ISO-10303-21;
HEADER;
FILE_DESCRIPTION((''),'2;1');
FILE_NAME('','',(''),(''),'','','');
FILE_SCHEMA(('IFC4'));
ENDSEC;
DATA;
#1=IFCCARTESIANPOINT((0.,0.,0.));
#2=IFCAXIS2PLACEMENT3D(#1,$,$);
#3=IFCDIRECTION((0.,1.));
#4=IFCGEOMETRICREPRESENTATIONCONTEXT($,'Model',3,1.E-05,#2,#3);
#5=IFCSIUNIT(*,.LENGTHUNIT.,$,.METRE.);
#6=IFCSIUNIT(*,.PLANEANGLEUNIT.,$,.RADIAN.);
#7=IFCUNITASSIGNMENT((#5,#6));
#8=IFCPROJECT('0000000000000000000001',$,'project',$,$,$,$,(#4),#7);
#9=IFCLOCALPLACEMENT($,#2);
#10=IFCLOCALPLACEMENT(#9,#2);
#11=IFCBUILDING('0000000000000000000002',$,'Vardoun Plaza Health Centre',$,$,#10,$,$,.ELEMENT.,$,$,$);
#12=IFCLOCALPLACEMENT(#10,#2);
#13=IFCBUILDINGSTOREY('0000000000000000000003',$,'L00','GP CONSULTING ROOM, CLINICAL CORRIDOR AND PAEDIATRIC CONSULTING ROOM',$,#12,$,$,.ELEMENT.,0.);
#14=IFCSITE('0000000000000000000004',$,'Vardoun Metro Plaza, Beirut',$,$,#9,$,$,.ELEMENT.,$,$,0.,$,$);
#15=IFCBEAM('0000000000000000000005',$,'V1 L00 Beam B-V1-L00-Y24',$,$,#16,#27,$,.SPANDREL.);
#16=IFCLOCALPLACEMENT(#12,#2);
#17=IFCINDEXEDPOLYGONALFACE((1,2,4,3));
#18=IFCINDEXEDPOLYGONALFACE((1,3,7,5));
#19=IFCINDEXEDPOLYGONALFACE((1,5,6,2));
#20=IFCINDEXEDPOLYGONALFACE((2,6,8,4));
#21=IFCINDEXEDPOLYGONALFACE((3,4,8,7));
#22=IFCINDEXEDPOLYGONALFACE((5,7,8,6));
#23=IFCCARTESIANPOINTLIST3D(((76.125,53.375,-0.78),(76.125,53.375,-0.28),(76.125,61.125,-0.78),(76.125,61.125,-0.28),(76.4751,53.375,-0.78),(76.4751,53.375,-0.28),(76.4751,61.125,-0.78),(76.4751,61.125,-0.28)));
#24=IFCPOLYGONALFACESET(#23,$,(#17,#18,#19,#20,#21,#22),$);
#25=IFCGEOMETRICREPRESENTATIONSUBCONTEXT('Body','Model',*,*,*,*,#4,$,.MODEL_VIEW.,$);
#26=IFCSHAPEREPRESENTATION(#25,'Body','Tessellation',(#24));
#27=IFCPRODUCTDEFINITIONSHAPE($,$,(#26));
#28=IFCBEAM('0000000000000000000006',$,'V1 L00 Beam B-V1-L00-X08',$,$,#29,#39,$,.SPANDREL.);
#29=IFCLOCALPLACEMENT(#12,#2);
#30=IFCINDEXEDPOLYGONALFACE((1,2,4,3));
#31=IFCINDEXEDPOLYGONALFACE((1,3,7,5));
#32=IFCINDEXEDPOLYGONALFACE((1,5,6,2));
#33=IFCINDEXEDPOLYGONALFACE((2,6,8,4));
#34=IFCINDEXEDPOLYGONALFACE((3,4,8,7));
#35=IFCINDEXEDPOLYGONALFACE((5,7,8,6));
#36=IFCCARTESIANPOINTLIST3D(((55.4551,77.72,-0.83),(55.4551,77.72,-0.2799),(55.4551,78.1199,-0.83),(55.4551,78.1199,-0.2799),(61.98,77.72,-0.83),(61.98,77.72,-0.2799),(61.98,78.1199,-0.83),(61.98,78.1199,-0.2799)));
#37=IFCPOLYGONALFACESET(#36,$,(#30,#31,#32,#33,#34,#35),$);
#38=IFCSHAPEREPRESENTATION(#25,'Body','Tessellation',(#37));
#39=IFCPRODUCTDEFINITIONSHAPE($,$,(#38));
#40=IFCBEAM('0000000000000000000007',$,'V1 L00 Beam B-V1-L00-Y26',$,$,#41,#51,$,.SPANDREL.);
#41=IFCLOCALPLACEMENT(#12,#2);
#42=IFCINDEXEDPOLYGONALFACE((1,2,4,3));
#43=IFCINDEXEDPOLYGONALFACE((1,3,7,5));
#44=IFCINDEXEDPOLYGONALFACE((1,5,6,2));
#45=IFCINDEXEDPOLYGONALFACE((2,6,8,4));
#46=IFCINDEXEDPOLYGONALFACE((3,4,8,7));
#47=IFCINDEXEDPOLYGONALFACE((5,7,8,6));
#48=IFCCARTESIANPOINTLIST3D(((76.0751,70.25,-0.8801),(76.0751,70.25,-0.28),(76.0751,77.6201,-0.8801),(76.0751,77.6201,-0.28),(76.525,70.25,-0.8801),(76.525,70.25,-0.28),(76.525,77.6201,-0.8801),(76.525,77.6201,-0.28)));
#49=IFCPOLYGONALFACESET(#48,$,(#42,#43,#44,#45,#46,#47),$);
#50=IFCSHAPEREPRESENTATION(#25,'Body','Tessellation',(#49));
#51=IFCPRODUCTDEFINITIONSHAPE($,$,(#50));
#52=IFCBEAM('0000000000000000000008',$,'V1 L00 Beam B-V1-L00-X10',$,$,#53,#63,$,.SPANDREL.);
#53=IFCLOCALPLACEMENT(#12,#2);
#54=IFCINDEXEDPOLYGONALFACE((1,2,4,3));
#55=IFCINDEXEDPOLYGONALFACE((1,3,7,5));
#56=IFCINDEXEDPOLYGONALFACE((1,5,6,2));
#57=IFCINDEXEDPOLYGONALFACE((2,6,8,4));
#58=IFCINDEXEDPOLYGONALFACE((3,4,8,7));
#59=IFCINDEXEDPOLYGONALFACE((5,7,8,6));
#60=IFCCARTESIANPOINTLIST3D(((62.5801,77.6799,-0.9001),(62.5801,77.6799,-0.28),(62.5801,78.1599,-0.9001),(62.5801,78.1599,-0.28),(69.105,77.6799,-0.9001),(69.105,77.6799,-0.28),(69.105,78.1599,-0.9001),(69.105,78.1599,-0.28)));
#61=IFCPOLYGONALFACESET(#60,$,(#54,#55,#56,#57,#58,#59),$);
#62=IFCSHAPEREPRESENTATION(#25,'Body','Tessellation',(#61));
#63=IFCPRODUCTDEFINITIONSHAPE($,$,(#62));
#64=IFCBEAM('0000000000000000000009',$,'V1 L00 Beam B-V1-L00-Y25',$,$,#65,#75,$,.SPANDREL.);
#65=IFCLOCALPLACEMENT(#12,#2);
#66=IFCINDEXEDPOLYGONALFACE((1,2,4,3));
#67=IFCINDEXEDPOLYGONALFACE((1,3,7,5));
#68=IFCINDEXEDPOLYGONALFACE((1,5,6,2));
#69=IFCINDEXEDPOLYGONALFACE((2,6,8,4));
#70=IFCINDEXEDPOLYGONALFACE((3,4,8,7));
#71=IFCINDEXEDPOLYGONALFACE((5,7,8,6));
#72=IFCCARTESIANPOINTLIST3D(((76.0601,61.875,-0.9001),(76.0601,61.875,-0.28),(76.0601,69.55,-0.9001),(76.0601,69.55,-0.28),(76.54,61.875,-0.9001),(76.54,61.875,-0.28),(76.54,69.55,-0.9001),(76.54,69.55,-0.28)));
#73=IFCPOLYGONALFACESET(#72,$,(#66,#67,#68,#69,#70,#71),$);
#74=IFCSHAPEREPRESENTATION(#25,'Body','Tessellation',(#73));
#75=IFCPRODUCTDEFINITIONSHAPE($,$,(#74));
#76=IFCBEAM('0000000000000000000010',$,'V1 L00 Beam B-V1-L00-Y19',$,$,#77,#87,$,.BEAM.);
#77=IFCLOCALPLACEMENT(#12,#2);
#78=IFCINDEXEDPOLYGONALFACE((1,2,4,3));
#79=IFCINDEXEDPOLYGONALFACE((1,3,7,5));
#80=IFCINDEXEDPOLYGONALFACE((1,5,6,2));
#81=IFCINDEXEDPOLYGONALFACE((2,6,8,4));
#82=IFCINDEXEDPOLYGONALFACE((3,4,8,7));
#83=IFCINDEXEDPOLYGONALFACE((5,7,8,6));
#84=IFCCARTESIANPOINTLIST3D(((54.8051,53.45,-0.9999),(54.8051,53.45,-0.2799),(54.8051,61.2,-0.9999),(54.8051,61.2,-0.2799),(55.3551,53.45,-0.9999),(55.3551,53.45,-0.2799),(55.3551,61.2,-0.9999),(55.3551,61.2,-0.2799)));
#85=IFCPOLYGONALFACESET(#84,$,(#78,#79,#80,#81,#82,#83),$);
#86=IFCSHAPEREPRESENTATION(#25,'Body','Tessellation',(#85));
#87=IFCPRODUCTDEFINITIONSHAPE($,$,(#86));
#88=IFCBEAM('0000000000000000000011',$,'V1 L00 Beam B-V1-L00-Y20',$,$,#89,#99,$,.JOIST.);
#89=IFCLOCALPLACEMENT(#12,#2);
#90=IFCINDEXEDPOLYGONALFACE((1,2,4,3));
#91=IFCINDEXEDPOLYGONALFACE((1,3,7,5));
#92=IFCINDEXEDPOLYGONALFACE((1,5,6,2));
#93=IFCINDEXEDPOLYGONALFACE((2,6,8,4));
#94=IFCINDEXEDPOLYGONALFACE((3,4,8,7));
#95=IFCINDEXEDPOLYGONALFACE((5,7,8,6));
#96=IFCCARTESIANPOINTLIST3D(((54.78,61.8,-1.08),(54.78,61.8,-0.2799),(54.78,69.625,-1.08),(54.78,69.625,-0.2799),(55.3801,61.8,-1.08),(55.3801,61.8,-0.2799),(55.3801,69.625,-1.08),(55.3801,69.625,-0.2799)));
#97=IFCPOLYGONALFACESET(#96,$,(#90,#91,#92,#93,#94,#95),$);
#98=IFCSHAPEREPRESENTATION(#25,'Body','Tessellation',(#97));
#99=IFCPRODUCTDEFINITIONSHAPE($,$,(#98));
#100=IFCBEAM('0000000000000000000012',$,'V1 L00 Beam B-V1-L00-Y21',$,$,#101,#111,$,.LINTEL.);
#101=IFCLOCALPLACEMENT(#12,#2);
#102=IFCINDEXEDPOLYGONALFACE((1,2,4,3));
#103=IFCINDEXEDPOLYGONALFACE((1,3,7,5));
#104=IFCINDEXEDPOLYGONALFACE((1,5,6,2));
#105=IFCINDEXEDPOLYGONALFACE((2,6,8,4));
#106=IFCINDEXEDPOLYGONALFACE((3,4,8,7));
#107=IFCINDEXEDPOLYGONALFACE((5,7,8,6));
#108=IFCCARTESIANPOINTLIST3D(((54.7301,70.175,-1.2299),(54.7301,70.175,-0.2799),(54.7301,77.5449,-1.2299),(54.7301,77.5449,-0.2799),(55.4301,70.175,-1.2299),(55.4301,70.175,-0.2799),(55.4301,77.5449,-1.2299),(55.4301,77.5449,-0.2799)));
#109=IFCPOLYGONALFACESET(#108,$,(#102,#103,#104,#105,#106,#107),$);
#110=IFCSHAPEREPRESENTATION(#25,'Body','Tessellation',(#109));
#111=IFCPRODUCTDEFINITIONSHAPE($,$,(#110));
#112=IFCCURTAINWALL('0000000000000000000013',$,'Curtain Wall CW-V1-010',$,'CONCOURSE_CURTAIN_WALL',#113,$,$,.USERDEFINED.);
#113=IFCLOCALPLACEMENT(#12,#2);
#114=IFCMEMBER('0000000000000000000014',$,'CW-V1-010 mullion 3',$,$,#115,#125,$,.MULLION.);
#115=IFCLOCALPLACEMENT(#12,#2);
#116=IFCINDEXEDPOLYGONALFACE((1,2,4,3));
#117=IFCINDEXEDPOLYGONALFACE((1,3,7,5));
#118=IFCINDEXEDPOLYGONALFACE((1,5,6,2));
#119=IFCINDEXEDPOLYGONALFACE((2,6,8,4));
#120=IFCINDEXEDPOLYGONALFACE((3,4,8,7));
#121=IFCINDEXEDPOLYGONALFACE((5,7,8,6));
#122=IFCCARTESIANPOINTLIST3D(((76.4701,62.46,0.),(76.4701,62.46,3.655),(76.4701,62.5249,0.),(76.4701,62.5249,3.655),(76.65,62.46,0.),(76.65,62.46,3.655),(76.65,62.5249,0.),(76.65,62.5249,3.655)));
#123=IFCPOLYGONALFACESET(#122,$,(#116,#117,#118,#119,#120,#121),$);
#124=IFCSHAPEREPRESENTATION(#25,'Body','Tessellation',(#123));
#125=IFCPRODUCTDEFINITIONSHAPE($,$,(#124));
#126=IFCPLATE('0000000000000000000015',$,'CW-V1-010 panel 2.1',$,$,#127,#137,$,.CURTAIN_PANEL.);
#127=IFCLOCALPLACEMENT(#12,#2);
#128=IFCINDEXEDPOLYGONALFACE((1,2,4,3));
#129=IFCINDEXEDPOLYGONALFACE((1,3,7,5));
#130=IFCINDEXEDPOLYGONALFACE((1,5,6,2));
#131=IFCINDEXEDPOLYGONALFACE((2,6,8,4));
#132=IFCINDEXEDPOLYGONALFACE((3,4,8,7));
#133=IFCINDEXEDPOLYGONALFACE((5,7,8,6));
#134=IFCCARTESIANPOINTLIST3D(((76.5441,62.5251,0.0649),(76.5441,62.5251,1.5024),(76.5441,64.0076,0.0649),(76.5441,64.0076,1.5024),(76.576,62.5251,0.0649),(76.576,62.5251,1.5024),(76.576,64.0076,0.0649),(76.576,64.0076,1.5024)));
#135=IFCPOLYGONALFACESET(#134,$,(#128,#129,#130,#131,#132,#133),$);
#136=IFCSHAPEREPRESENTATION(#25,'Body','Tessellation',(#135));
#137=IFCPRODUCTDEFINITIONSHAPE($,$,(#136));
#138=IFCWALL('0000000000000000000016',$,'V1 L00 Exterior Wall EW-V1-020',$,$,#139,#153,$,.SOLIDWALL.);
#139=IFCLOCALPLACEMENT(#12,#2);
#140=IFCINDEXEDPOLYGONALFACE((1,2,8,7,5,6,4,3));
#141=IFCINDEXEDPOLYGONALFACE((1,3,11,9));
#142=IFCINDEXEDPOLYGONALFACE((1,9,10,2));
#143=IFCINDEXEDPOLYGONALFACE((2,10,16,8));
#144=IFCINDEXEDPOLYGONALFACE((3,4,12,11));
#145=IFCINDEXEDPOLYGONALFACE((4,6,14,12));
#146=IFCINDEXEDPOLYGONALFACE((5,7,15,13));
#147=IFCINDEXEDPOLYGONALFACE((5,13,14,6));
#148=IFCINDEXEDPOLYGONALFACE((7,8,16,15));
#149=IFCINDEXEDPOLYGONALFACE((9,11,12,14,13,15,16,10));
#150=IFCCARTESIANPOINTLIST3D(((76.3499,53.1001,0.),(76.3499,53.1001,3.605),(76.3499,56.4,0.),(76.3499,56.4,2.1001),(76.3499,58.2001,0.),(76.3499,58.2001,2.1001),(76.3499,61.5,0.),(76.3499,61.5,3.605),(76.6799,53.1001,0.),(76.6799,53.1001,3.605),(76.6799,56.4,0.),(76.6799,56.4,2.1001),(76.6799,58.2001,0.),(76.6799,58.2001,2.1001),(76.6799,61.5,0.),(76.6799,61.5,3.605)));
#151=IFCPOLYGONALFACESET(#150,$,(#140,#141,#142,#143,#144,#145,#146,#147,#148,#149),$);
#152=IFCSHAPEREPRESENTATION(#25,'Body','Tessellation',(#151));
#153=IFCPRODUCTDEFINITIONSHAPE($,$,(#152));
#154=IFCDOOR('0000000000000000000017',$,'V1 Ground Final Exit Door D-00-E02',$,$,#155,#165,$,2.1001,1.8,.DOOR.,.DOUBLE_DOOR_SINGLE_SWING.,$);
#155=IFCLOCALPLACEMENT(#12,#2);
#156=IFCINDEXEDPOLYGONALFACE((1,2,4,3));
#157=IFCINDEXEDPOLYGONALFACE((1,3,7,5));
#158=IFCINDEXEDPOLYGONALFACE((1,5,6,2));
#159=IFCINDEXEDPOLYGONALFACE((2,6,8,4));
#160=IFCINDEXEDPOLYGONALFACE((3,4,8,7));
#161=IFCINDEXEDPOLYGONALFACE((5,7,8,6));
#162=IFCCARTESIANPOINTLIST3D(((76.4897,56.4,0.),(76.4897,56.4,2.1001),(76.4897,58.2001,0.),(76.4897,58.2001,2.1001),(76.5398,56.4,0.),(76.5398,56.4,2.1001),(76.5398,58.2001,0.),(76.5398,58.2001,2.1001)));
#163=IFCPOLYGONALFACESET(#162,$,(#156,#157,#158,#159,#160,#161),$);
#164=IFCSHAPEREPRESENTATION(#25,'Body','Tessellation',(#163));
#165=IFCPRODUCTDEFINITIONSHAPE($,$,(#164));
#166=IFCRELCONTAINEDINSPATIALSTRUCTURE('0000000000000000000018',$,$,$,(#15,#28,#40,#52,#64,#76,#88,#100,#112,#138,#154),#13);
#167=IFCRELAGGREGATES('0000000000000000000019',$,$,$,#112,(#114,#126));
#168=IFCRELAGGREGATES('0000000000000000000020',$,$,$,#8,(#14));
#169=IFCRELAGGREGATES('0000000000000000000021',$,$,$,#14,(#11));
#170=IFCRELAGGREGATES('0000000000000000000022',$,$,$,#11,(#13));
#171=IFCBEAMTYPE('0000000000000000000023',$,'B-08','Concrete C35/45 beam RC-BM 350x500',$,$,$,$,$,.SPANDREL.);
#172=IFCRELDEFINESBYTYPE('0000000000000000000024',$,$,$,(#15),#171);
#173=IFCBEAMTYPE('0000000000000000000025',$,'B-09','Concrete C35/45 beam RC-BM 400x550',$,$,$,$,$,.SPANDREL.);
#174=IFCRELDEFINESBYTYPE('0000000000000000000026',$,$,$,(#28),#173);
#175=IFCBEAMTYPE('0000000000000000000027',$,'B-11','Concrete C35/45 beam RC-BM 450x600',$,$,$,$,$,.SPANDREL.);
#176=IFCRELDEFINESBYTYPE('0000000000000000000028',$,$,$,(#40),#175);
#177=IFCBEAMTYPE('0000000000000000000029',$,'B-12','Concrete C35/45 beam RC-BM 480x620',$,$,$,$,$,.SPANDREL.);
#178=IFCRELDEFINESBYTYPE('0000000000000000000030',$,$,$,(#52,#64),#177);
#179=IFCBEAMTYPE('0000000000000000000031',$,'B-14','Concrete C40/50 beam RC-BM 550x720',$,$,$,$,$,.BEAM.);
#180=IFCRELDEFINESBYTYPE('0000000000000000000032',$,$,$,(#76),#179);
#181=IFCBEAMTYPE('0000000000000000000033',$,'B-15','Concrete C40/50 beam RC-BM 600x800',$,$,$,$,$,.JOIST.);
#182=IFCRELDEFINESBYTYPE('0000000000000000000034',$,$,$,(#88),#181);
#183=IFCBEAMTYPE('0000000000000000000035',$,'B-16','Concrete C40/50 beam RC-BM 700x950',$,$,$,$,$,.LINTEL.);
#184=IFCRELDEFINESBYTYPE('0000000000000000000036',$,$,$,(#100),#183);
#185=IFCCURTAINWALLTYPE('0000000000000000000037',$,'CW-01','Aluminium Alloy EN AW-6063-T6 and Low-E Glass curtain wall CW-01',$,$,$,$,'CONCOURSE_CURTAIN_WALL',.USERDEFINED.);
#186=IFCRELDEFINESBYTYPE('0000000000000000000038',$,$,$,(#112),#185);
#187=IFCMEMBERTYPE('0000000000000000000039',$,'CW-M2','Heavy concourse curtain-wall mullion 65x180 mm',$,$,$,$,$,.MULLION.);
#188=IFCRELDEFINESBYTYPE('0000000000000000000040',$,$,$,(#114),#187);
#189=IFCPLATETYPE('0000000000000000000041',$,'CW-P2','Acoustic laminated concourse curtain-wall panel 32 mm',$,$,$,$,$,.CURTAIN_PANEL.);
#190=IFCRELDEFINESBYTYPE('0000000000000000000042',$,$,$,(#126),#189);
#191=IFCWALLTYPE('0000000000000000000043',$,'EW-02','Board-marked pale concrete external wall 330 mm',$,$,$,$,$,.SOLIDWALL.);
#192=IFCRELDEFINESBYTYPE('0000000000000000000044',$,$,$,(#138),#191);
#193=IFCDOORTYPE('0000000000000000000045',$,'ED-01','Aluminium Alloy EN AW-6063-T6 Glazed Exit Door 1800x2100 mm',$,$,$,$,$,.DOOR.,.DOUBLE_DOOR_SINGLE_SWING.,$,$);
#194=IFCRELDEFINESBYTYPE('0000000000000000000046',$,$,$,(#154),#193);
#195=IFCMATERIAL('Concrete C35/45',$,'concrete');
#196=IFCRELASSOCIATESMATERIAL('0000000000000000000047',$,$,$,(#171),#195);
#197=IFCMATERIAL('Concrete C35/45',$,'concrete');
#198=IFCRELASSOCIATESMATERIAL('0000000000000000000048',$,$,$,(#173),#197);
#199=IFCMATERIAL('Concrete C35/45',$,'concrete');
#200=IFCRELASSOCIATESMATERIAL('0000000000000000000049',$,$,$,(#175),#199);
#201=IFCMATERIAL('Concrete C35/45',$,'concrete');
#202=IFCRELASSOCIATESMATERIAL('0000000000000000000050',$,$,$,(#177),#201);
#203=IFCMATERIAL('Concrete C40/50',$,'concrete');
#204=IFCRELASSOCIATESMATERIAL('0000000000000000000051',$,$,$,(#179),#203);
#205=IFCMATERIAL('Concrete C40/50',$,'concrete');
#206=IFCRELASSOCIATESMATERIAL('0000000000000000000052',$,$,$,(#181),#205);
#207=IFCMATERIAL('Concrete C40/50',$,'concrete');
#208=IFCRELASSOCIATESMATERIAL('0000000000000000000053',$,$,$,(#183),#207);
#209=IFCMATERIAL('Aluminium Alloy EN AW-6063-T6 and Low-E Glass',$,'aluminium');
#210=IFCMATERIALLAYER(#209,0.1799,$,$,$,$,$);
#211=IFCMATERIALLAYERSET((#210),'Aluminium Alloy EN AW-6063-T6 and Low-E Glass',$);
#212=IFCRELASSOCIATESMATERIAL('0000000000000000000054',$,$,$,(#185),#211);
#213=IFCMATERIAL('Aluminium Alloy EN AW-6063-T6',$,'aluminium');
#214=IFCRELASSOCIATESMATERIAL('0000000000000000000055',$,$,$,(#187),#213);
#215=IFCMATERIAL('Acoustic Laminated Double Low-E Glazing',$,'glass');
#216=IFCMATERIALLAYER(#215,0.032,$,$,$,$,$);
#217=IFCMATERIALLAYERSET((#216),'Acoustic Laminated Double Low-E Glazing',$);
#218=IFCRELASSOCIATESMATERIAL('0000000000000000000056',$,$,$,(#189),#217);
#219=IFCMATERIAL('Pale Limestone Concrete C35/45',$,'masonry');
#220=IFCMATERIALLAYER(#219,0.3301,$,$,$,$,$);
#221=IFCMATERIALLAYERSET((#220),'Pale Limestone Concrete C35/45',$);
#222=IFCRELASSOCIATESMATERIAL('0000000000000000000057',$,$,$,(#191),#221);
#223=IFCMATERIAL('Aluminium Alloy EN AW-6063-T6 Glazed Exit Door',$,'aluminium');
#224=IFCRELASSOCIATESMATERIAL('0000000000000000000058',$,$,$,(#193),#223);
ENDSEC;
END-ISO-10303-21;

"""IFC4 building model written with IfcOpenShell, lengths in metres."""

from ifc_helpers import new_model, si_unit, direction, frame, frame_2d, origin, origin_2d, place, context, subcontext, project, spatial, rectangle, extrude, material, layer, layer_set, material_profile, profile_set, type_object, element, fill, aggregate, save


model = new_model("IFC4")

# Units and contexts
model_context = context("Model", 3, precision=1e-05, world=origin(), true_north=direction((0.0, 1.0)))
body_context = subcontext(model_context, "Body", "Model", "MODEL_VIEW")
ifc_project = project(units=[si_unit("LENGTHUNIT", "METRE"), si_unit("PLANEANGLEUNIT", "RADIAN")], contexts=[model_context])

# Site, building, storey
site_placement = place(None, origin())
site = spatial("IfcSite", under=ifc_project, at=site_placement, Name="Vardoun Metro Plaza, Beirut", CompositionType="ELEMENT", RefElevation=0.0)
building_placement = place(site_placement, origin())
building = spatial("IfcBuilding", under=site, at=building_placement, Name="Vardoun Plaza Health Centre", CompositionType="ELEMENT")
storey_placement = place(building_placement, origin())
storey = spatial("IfcBuildingStorey", under=building, at=storey_placement, Name="L00", Description="GP CONSULTING ROOM, CLINICAL CORRIDOR AND PAEDIATRIC CONSULTING ROOM", CompositionType="ELEMENT", Elevation=0.0)

# Beams
ifc_material_1 = material(Name="Concrete C35/45", Category="concrete")
ifc_material_profile_1 = material_profile(ifc_material_1, rectangle(XDim=0.3501, YDim=0.5, at=origin_2d()), Name="RC-BM 350x500")
ifc_profile_set_1 = profile_set([ifc_material_profile_1], Name="Concrete C35/45")
beam_type_1 = type_object("IfcBeamType", Name="B-08", Description="Concrete C35/45 beam RC-BM 350x500", PredefinedType="SPANDREL", material=ifc_profile_set_1)
beam_1_placement = place(storey_placement, frame((76.3, 53.375, -0.53), z_axis=(0.0, 1.0, 0.0), x_axis=(-1.0, 0.0, 0.0)))
element("IfcBeam", 1, at=beam_1_placement, inside=storey, type_object=beam_type_1, Name="V1 L00 Beam B-V1-L00-Y24", PredefinedType="SPANDREL", context=body_context, shape_type="SweptSolid", body=[
    extrude(rectangle(XDim=0.3501, YDim=0.5, at=origin_2d()), origin(), (0.0, 0.0, 1.0), 7.75),
])
ifc_material_2 = material(Name="Concrete C35/45", Category="concrete")
ifc_material_profile_2 = material_profile(ifc_material_2, rectangle(XDim=0.3999, YDim=0.55, at=origin_2d()), Name="RC-BM 400x550")
ifc_profile_set_2 = profile_set([ifc_material_profile_2], Name="Concrete C35/45")
beam_type_2 = type_object("IfcBeamType", Name="B-09", Description="Concrete C35/45 beam RC-BM 400x550", PredefinedType="SPANDREL", material=ifc_profile_set_2)
beam_2_placement = place(storey_placement, frame((55.4551, 77.9199, -0.5549), z_axis=(1.0, 0.0, 0.0), x_axis=(0.0, 1.0, 0.0)))
element("IfcBeam", 2, at=beam_2_placement, inside=storey, type_object=beam_type_2, Name="V1 L00 Beam B-V1-L00-X08", PredefinedType="SPANDREL", context=body_context, shape_type="SweptSolid", body=[
    extrude(rectangle(XDim=0.3999, YDim=0.55, at=origin_2d()), origin(), (0.0, 0.0, 1.0), 6.5249),
])
ifc_material_3 = material(Name="Concrete C35/45", Category="concrete")
ifc_material_profile_3 = material_profile(ifc_material_3, rectangle(XDim=0.45, YDim=0.6001, at=origin_2d()), Name="RC-BM 450x600")
ifc_profile_set_3 = profile_set([ifc_material_profile_3], Name="Concrete C35/45")
beam_type_3 = type_object("IfcBeamType", Name="B-11", Description="Concrete C35/45 beam RC-BM 450x600", PredefinedType="SPANDREL", material=ifc_profile_set_3)
beam_3_placement = place(storey_placement, frame((76.3, 70.25, -0.5801), z_axis=(0.0, 1.0, 0.0), x_axis=(-1.0, 0.0, 0.0)))
element("IfcBeam", 3, at=beam_3_placement, inside=storey, type_object=beam_type_3, Name="V1 L00 Beam B-V1-L00-Y26", PredefinedType="SPANDREL", context=body_context, shape_type="SweptSolid", body=[
    extrude(rectangle(XDim=0.45, YDim=0.6001, at=origin_2d()), origin(), (0.0, 0.0, 1.0), 7.3701),
])
ifc_material_4 = material(Name="Concrete C35/45", Category="concrete")
ifc_material_profile_4 = material_profile(ifc_material_4, rectangle(XDim=0.48, YDim=0.6201, at=origin_2d()), Name="RC-BM 480x620")
ifc_profile_set_4 = profile_set([ifc_material_profile_4], Name="Concrete C35/45")
beam_type_4 = type_object("IfcBeamType", Name="B-12", Description="Concrete C35/45 beam RC-BM 480x620", PredefinedType="SPANDREL", material=ifc_profile_set_4)
beam_4_placement = place(storey_placement, frame((62.5801, 77.9199, -0.5901), z_axis=(1.0, 0.0, 0.0), x_axis=(0.0, 1.0, 0.0)))
element("IfcBeam", 4, at=beam_4_placement, inside=storey, type_object=beam_type_4, Name="V1 L00 Beam B-V1-L00-X10", PredefinedType="SPANDREL", context=body_context, shape_type="SweptSolid", body=[
    extrude(rectangle(XDim=0.48, YDim=0.6201, at=origin_2d()), origin(), (0.0, 0.0, 1.0), 6.5249),
])
beam_5_placement = place(storey_placement, frame((76.3, 61.875, -0.5901), z_axis=(0.0, 1.0, 0.0), x_axis=(-1.0, 0.0, 0.0)))
element("IfcBeam", 5, at=beam_5_placement, inside=storey, type_object=beam_type_4, Name="V1 L00 Beam B-V1-L00-Y25", PredefinedType="SPANDREL", context=body_context, shape_type="SweptSolid", body=[
    extrude(rectangle(XDim=0.48, YDim=0.6201, at=origin_2d()), origin(), (0.0, 0.0, 1.0), 7.675),
])
ifc_material_5 = material(Name="Concrete C40/50", Category="concrete")
ifc_material_profile_5 = material_profile(ifc_material_5, rectangle(XDim=0.55, YDim=0.72, at=origin_2d()), Name="RC-BM 550x720")
ifc_profile_set_5 = profile_set([ifc_material_profile_5], Name="Concrete C40/50")
beam_type_5 = type_object("IfcBeamType", Name="B-14", Description="Concrete C40/50 beam RC-BM 550x720", PredefinedType="BEAM", material=ifc_profile_set_5)
beam_6_placement = place(storey_placement, frame((55.0801, 53.45, -0.6399), z_axis=(0.0, 1.0, 0.0), x_axis=(-1.0, 0.0, 0.0)))
element("IfcBeam", 6, at=beam_6_placement, inside=storey, type_object=beam_type_5, Name="V1 L00 Beam B-V1-L00-Y19", PredefinedType="BEAM", context=body_context, shape_type="SweptSolid", body=[
    extrude(rectangle(XDim=0.55, YDim=0.72, at=origin_2d()), origin(), (0.0, 0.0, 1.0), 7.75),
])
ifc_material_6 = material(Name="Concrete C40/50", Category="concrete")
ifc_material_profile_6 = material_profile(ifc_material_6, rectangle(XDim=0.6001, YDim=0.8, at=origin_2d()), Name="RC-BM 600x800")
ifc_profile_set_6 = profile_set([ifc_material_profile_6], Name="Concrete C40/50")
beam_type_6 = type_object("IfcBeamType", Name="B-15", Description="Concrete C40/50 beam RC-BM 600x800", PredefinedType="JOIST", material=ifc_profile_set_6)
beam_7_placement = place(storey_placement, frame((55.0801, 61.8, -0.6799), z_axis=(0.0, 1.0, 0.0), x_axis=(-1.0, 0.0, 0.0)))
element("IfcBeam", 7, at=beam_7_placement, inside=storey, type_object=beam_type_6, Name="V1 L00 Beam B-V1-L00-Y20", PredefinedType="JOIST", context=body_context, shape_type="SweptSolid", body=[
    extrude(rectangle(XDim=0.6001, YDim=0.8, at=origin_2d()), origin(), (0.0, 0.0, 1.0), 7.825),
])
ifc_material_7 = material(Name="Concrete C40/50", Category="concrete")
ifc_material_profile_7 = material_profile(ifc_material_7, rectangle(XDim=0.7, YDim=0.95, at=origin_2d()), Name="RC-BM 700x950")
ifc_profile_set_7 = profile_set([ifc_material_profile_7], Name="Concrete C40/50")
beam_type_7 = type_object("IfcBeamType", Name="B-16", Description="Concrete C40/50 beam RC-BM 700x950", PredefinedType="LINTEL", material=ifc_profile_set_7)
beam_8_placement = place(storey_placement, frame((55.0801, 70.175, -0.7549), z_axis=(0.0, 1.0, 0.0), x_axis=(-1.0, 0.0, 0.0)))
element("IfcBeam", 8, at=beam_8_placement, inside=storey, type_object=beam_type_7, Name="V1 L00 Beam B-V1-L00-Y21", PredefinedType="LINTEL", context=body_context, shape_type="SweptSolid", body=[
    extrude(rectangle(XDim=0.7, YDim=0.95, at=origin_2d()), origin(), (0.0, 0.0, 1.0), 7.3699),
])

# Curtain wall, member, plate
ifc_material_8 = material(Name="Aluminium Alloy EN AW-6063-T6 and Low-E Glass", Category="aluminium")
ifc_layer_1 = layer(ifc_material_8, 0.1799)
ifc_layer_set_1 = layer_set([ifc_layer_1], Name="Aluminium Alloy EN AW-6063-T6 and Low-E Glass")
curtain_wall_type = type_object("IfcCurtainWallType", Name="CW-01", Description="Aluminium Alloy EN AW-6063-T6 and Low-E Glass curtain wall CW-01", ElementType="CONCOURSE_CURTAIN_WALL", PredefinedType="USERDEFINED", material=ifc_layer_set_1)
curtain_wall_placement = place(storey_placement, origin())
curtain_wall = element("IfcCurtainWall", 9, at=curtain_wall_placement, inside=storey, type_object=curtain_wall_type, Name="Curtain Wall CW-V1-010", ObjectType="CONCOURSE_CURTAIN_WALL", PredefinedType="USERDEFINED")
ifc_material_9 = material(Name="Aluminium Alloy EN AW-6063-T6", Category="aluminium")
ifc_material_profile_8 = material_profile(ifc_material_9, rectangle(XDim=0.1799, YDim=0.0649, at=origin_2d()), Name="CWM 65x180")
ifc_profile_set_8 = profile_set([ifc_material_profile_8], Name="Aluminium Alloy EN AW-6063-T6")
member_type = type_object("IfcMemberType", Name="CW-M2", Description="Heavy concourse curtain-wall mullion 65x180 mm", PredefinedType="MULLION", material=ifc_profile_set_8)
member_placement = place(storey_placement, frame((76.5601, 62.4924, 0.0), z_axis=(0.0, 0.0, 1.0), x_axis=(1.0, 0.0, 0.0)))
member = element("IfcMember", 10, at=member_placement, type_object=member_type, Name="CW-V1-010 mullion 3", PredefinedType="MULLION", context=body_context, shape_type="SweptSolid", body=[
    extrude(rectangle(XDim=0.1799, YDim=0.0649, at=origin_2d()), origin(), (0.0, 0.0, 1.0), 3.655),
])
ifc_material_10 = material(Name="Acoustic Laminated Double Low-E Glazing", Category="glass")
ifc_layer_2 = layer(ifc_material_10, 0.032)
ifc_layer_set_2 = layer_set([ifc_layer_2], Name="Acoustic Laminated Double Low-E Glazing")
plate_type = type_object("IfcPlateType", Name="CW-P2", Description="Acoustic laminated concourse curtain-wall panel 32 mm", PredefinedType="CURTAIN_PANEL", material=ifc_layer_set_2)
plate_placement = place(storey_placement, frame((76.5601, 63.2664, 0.0649), z_axis=(0.0, 0.0, 1.0), x_axis=(0.0, -1.0, 0.0)))
plate = element("IfcPlate", 11, at=plate_placement, type_object=plate_type, Name="CW-V1-010 panel 2.1", PredefinedType="CURTAIN_PANEL", context=body_context, shape_type="SweptSolid", body=[
    extrude(rectangle(XDim=1.4824, YDim=0.032, at=origin_2d()), origin(), (0.0, 0.0, 1.0), 1.4375),
])
aggregate(curtain_wall, [member, plate])

# Wall, opening, door
ifc_material_11 = material(Name="Pale Limestone Concrete C35/45", Category="masonry")
ifc_layer_3 = layer(ifc_material_11, 0.3301)
ifc_layer_set_3 = layer_set([ifc_layer_3], Name="Pale Limestone Concrete C35/45")
wall_type_1 = type_object("IfcWallType", Name="EW-02", Description="Board-marked pale concrete external wall 330 mm", PredefinedType="SOLIDWALL", material=ifc_layer_set_3)
wall_1_placement = place(storey_placement, frame((76.5149, 61.5, 0.0), z_axis=(0.0, 0.0, 1.0), x_axis=(0.0, -1.0, 0.0)))
wall_1 = element("IfcWall", 12, at=wall_1_placement, inside=storey, type_object=wall_type_1, Name="V1 L00 Exterior Wall EW-V1-020", PredefinedType="SOLIDWALL", context=body_context, shape_type="SweptSolid", body=[
    extrude(rectangle(XDim=8.3999, YDim=0.3301, at=frame_2d((4.2, 0.0))), origin(), (0.0, 0.0, 1.0), 3.605),
])
opening_1_placement = place(wall_1_placement, frame((3.3, 0.0, 0.0)))
opening_1 = element("IfcOpeningElement", 13, at=opening_1_placement, cuts=wall_1, PredefinedType="OPENING", context=body_context, shape_type="SweptSolid", body=[
    extrude(rectangle(XDim=1.8, YDim=2.1001, at=frame_2d((0.8999, 1.05))), frame((0.0, 0.165, 0.0), z_axis=(0.0, -1.0, 0.0), x_axis=(1.0, 0.0, 0.0)), (0.0, 0.0, 1.0), 0.3301),
])
ifc_material_12 = material(Name="Aluminium Alloy EN AW-6063-T6 Glazed Exit Door", Category="aluminium")
door_type_1 = type_object("IfcDoorType", Name="ED-01", Description="Aluminium Alloy EN AW-6063-T6 Glazed Exit Door 1800x2100 mm", OperationType="DOUBLE_DOOR_SINGLE_SWING", PredefinedType="DOOR", material=ifc_material_12)
door_1_placement = place(opening_1_placement, origin())
door_1 = element("IfcDoor", 14, at=door_1_placement, inside=storey, type_object=door_type_1, Name="V1 Ground Final Exit Door D-00-E02", OperationType="DOUBLE_DOOR_SINGLE_SWING", OverallHeight=2.1001, OverallWidth=1.8, PredefinedType="DOOR", context=body_context, shape_type="SweptSolid", body=[
    extrude(rectangle(XDim=1.8, YDim=2.1001, at=frame_2d((0.8999, 1.05))), frame((0.0, 0.0249, 0.0), z_axis=(0.0, -1.0, 0.0), x_axis=(1.0, 0.0, 0.0)), (0.0, 0.0, 1.0), 0.05),
])
fill(opening_1, door_1)

save(model, "model.ifc")
